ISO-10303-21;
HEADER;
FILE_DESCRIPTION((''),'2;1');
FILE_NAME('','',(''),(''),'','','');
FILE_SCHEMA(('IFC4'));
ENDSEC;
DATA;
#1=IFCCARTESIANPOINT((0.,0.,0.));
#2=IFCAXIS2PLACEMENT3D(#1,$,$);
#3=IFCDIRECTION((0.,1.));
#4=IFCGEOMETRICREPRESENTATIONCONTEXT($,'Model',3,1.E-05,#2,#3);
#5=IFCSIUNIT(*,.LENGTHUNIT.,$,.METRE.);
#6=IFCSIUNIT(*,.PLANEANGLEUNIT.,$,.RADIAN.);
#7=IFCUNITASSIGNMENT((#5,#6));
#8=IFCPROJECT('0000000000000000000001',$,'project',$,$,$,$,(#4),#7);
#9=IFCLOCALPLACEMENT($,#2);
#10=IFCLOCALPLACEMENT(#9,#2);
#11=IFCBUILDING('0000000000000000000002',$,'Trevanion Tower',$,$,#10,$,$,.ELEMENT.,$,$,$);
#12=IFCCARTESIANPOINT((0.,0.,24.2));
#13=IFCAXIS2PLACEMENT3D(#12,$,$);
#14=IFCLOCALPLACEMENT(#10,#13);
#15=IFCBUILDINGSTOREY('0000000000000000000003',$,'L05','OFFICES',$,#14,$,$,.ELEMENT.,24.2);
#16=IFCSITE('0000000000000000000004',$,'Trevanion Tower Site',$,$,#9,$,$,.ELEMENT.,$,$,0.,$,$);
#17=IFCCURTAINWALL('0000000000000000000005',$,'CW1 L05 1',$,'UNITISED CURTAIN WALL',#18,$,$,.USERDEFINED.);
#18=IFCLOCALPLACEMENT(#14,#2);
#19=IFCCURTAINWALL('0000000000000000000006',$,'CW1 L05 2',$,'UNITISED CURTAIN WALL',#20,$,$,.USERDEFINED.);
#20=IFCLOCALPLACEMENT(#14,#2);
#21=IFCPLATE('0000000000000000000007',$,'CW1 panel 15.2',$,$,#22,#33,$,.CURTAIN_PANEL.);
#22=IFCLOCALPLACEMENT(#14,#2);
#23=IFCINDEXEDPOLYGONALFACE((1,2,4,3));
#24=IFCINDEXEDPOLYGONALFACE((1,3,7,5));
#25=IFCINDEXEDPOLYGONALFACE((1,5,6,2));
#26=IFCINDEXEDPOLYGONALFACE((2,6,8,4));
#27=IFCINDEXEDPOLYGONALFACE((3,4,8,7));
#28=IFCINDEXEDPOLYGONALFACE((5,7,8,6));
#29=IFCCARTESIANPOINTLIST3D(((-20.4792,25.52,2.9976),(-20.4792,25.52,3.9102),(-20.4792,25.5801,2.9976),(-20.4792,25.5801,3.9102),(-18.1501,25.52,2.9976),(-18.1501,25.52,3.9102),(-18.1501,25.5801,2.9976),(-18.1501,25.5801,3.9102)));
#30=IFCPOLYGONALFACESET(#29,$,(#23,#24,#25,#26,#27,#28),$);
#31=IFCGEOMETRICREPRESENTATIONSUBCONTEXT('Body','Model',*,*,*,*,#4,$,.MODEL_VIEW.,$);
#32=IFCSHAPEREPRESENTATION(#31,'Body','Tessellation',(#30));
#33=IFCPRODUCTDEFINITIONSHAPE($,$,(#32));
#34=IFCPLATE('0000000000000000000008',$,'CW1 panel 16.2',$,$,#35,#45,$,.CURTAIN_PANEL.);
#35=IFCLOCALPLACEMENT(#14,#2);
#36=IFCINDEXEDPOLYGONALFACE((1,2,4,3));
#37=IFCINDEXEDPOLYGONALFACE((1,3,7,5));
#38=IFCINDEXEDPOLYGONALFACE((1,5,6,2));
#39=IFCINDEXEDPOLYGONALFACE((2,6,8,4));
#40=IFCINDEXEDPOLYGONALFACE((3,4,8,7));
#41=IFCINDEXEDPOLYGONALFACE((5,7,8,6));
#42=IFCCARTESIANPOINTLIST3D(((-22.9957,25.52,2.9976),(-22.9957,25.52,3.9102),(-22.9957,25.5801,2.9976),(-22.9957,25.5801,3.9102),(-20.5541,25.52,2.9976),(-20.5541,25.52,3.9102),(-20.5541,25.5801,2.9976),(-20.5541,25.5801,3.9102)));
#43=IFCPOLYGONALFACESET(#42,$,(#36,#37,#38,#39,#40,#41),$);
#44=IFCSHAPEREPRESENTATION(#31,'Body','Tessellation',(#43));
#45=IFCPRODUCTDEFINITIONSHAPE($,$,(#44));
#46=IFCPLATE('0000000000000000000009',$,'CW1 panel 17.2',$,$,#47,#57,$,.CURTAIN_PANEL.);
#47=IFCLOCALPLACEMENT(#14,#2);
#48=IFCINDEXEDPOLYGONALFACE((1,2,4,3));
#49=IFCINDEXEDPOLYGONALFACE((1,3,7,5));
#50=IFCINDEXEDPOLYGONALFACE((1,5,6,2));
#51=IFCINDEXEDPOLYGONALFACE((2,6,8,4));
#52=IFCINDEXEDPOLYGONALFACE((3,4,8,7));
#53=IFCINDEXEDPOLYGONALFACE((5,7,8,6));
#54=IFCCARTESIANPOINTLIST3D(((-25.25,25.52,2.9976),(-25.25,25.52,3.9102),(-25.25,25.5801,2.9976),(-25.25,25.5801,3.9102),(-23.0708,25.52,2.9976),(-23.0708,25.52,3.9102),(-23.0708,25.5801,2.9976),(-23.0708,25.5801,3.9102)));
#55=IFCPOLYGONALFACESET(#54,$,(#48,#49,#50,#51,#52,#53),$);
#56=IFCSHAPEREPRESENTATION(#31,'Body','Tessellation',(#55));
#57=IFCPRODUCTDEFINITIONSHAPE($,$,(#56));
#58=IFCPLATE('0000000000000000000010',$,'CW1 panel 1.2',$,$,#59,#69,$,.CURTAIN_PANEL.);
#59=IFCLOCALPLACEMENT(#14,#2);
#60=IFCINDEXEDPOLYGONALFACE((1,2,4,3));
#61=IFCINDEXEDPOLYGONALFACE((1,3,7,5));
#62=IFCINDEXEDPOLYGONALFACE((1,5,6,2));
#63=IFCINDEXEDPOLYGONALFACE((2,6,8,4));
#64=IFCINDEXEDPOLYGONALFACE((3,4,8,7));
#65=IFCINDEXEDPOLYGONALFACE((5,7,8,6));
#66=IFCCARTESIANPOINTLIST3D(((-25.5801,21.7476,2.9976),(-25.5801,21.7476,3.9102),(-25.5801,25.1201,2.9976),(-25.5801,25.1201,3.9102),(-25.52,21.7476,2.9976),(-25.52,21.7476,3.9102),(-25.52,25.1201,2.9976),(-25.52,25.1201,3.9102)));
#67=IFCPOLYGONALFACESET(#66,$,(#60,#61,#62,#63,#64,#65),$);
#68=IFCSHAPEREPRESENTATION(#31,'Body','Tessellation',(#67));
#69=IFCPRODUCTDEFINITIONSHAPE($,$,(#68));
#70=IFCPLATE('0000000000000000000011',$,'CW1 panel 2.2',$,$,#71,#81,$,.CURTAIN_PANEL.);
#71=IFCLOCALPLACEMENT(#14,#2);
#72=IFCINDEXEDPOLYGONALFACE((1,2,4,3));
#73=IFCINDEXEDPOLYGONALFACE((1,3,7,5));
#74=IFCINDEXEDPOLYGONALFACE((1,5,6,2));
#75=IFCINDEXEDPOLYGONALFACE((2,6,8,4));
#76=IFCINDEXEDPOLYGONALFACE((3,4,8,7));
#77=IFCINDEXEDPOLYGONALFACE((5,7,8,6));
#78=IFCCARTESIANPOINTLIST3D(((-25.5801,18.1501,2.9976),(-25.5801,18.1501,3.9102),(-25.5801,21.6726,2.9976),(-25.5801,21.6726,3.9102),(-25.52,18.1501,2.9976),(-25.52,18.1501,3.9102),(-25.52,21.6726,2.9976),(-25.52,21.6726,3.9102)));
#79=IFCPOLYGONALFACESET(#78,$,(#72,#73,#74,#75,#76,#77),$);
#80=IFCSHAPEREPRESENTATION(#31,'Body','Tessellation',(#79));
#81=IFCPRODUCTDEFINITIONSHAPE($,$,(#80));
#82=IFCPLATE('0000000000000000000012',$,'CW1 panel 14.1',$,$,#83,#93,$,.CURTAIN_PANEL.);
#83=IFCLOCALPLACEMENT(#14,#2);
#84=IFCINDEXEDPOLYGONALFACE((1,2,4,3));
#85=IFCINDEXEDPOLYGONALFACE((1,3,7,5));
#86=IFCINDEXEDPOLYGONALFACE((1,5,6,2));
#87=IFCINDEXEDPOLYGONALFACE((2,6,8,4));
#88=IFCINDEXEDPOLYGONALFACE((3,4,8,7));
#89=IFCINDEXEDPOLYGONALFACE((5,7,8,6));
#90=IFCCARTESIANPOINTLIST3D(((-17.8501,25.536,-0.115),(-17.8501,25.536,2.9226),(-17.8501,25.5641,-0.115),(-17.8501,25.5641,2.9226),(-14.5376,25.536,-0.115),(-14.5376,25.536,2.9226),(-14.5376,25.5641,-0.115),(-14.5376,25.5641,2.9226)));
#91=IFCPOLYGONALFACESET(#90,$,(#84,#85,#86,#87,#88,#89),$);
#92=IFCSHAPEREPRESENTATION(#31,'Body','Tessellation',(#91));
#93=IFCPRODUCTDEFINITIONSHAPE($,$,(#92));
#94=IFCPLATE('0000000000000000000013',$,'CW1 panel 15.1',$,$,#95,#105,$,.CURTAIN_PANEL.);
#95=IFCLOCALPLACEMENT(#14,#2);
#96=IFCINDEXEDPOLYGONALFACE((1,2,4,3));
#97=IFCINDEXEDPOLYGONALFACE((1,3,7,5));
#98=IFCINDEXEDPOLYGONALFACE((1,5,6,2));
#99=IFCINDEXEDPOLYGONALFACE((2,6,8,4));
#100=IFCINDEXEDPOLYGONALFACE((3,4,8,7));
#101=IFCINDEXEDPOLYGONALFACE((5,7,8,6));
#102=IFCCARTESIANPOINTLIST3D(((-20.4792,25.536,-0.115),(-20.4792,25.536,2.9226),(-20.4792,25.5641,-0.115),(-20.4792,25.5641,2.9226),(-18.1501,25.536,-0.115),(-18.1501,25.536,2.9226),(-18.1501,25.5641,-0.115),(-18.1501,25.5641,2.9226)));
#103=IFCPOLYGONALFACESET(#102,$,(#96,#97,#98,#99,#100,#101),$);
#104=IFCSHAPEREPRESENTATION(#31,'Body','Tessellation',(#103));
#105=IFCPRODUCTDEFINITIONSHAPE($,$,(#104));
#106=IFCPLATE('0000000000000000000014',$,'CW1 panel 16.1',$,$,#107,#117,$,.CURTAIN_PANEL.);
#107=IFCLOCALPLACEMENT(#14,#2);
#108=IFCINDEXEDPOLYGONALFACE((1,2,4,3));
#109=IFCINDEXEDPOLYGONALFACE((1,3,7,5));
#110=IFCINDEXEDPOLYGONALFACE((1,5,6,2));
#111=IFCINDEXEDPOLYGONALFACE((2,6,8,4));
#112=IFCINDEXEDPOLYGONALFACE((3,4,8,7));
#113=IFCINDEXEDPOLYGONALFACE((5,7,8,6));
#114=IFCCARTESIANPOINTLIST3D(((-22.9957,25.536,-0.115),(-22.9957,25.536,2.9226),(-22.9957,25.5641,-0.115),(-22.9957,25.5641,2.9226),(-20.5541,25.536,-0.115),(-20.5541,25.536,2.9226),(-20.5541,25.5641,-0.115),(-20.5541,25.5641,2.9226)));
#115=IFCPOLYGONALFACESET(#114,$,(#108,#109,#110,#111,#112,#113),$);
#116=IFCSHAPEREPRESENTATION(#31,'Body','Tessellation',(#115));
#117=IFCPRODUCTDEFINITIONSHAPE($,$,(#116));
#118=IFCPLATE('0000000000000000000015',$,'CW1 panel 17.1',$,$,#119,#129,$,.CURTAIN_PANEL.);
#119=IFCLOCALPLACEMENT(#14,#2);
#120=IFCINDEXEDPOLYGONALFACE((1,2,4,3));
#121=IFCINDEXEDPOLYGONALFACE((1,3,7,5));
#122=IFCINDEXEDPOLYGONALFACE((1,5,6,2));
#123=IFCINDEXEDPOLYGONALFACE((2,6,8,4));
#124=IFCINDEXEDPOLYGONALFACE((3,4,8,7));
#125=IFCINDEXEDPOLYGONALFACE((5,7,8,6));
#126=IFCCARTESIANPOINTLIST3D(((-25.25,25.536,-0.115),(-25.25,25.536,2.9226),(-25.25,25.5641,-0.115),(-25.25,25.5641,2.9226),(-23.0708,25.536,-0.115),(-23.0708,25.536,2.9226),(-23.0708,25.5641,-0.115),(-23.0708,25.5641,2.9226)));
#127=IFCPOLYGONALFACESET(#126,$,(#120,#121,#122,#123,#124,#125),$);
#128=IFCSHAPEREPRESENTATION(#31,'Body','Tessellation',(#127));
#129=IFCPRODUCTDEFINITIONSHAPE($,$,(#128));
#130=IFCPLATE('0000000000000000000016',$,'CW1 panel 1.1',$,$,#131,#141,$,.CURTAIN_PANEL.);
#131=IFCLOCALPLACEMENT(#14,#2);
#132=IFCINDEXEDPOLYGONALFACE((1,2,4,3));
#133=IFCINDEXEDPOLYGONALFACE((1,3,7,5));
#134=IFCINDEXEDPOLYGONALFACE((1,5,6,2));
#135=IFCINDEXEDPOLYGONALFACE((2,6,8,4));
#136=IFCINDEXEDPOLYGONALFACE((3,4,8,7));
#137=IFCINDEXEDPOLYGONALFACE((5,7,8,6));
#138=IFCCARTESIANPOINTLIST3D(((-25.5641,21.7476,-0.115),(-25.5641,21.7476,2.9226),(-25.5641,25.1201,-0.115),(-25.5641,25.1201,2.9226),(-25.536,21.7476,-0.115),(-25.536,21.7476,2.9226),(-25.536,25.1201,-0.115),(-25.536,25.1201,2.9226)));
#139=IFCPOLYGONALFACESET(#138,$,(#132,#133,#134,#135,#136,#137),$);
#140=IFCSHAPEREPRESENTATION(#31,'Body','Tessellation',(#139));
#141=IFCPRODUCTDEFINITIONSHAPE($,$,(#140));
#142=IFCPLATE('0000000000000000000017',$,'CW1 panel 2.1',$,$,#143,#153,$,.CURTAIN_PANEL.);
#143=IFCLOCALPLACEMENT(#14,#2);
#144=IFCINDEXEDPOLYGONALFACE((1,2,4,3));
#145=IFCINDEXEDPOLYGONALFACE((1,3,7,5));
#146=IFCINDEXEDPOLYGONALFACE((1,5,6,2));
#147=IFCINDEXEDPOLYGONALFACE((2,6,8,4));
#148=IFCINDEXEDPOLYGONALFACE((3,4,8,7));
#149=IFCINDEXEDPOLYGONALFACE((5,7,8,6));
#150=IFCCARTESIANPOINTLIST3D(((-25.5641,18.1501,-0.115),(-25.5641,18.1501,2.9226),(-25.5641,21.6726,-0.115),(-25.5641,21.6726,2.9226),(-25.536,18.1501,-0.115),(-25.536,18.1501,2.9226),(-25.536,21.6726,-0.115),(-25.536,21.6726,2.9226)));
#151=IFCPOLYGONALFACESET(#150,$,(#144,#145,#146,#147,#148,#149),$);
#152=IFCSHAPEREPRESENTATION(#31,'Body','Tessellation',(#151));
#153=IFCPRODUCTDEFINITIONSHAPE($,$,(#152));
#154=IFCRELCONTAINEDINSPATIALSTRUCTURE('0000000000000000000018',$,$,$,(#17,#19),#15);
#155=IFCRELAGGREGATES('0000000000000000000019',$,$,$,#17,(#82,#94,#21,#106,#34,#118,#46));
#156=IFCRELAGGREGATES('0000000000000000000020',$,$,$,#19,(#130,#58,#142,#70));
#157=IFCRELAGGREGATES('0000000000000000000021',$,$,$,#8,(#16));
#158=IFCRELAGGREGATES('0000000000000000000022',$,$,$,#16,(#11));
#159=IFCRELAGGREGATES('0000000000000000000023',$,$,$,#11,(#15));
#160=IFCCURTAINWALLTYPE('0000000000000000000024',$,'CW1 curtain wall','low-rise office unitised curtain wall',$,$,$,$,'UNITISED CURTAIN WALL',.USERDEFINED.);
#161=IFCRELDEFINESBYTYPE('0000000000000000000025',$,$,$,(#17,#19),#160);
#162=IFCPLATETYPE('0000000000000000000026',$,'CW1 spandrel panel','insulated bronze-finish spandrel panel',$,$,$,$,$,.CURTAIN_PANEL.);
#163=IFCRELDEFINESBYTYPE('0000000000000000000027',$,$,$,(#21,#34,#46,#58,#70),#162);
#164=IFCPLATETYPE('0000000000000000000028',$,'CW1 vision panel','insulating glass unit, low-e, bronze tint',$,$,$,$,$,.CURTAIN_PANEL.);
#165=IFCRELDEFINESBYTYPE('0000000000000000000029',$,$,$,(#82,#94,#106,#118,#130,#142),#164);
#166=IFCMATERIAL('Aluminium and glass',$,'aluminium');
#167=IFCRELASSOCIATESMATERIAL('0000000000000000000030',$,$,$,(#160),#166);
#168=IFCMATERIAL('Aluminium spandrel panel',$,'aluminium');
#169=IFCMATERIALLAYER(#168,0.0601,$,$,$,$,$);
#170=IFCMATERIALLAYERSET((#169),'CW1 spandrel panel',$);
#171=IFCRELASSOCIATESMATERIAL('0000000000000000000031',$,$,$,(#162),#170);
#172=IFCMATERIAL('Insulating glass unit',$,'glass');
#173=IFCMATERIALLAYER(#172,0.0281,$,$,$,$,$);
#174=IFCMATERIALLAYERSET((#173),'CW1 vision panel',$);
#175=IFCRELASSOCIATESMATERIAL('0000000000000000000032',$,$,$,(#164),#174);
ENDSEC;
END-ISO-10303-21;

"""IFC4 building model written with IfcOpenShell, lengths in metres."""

from ifc_helpers import new_model, si_unit, direction, frame, origin, origin_2d, place, context, subcontext, project, spatial, rectangle, extrude, material, layer, layer_set, type_object, element, aggregate, save


model = new_model("IFC4")

# Units and contexts
model_context = context("Model", 3, precision=1e-05, world=origin(), true_north=direction((0.0, 1.0)))
body_context = subcontext(model_context, "Body", "Model", "MODEL_VIEW")
ifc_project = project(units=[si_unit("LENGTHUNIT", "METRE"), si_unit("PLANEANGLEUNIT", "RADIAN")], contexts=[model_context])

# Site, building, storey
site_placement = place(None, origin())
site = spatial("IfcSite", under=ifc_project, at=site_placement, Name="Trevanion Tower Site", CompositionType="ELEMENT", RefElevation=0.0)
building_placement = place(site_placement, origin())
building = spatial("IfcBuilding", under=site, at=building_placement, Name="Trevanion Tower", CompositionType="ELEMENT")
storey_placement = place(building_placement, frame((0.0, 0.0, 24.2)))
storey = spatial("IfcBuildingStorey", under=building, at=storey_placement, Name="L05", Description="OFFICES", CompositionType="ELEMENT", Elevation=24.2)

# Curtain wall
ifc_material_1 = material(Name="Aluminium and glass", Category="aluminium")
curtain_wall_type = type_object("IfcCurtainWallType", Name="CW1 curtain wall", Description="low-rise office unitised curtain wall", ElementType="UNITISED CURTAIN WALL", PredefinedType="USERDEFINED", material=ifc_material_1)
curtain_wall_1_placement = place(storey_placement, origin())
curtain_wall_1 = element("IfcCurtainWall", 1, at=curtain_wall_1_placement, inside=storey, type_object=curtain_wall_type, Name="CW1 L05 1", ObjectType="UNITISED CURTAIN WALL", PredefinedType="USERDEFINED")

# Curtain wall
curtain_wall_2_placement = place(storey_placement, origin())
curtain_wall_2 = element("IfcCurtainWall", 2, at=curtain_wall_2_placement, inside=storey, type_object=curtain_wall_type, Name="CW1 L05 2", ObjectType="UNITISED CURTAIN WALL", PredefinedType="USERDEFINED")

# Plates
ifc_material_2 = material(Name="Aluminium spandrel panel", Category="aluminium")
ifc_layer_1 = layer(ifc_material_2, 0.0601)
ifc_layer_set_1 = layer_set([ifc_layer_1], Name="CW1 spandrel panel")
plate_type_1 = type_object("IfcPlateType", Name="CW1 spandrel panel", Description="insulated bronze-finish spandrel panel", PredefinedType="CURTAIN_PANEL", material=ifc_layer_set_1)
plate_1_placement = place(storey_placement, frame((-19.3147, 25.55, 2.9976), z_axis=(0.0, 0.0, 1.0), x_axis=(-1.0, 0.0, 0.0)))
plate_1 = element("IfcPlate", 3, at=plate_1_placement, type_object=plate_type_1, Name="CW1 panel 15.2", PredefinedType="CURTAIN_PANEL", context=body_context, shape_type="SweptSolid", body=[
    extrude(rectangle(XDim=2.3291, YDim=0.0601, at=origin_2d()), origin(), (0.0, 0.0, 1.0), 0.9126),
])
plate_2_placement = place(storey_placement, frame((-21.7749, 25.55, 2.9976), z_axis=(0.0, 0.0, 1.0), x_axis=(-1.0, 0.0, 0.0)))
plate_2 = element("IfcPlate", 4, at=plate_2_placement, type_object=plate_type_1, Name="CW1 panel 16.2", PredefinedType="CURTAIN_PANEL", context=body_context, shape_type="SweptSolid", body=[
    extrude(rectangle(XDim=2.4417, YDim=0.0601, at=origin_2d()), origin(), (0.0, 0.0, 1.0), 0.9126),
])
plate_3_placement = place(storey_placement, frame((-24.1604, 25.55, 2.9976), z_axis=(0.0, 0.0, 1.0), x_axis=(-1.0, 0.0, 0.0)))
plate_3 = element("IfcPlate", 5, at=plate_3_placement, type_object=plate_type_1, Name="CW1 panel 17.2", PredefinedType="CURTAIN_PANEL", context=body_context, shape_type="SweptSolid", body=[
    extrude(rectangle(XDim=2.1792, YDim=0.0601, at=origin_2d()), origin(), (0.0, 0.0, 1.0), 0.9126),
])
plate_4_placement = place(storey_placement, frame((-25.55, 23.4338, 2.9976), z_axis=(0.0, 0.0, 1.0), x_axis=(0.0, -1.0, 0.0)))
plate_4 = element("IfcPlate", 6, at=plate_4_placement, type_object=plate_type_1, Name="CW1 panel 1.2", PredefinedType="CURTAIN_PANEL", context=body_context, shape_type="SweptSolid", body=[
    extrude(rectangle(XDim=3.3726, YDim=0.0601, at=origin_2d()), origin(), (0.0, 0.0, 1.0), 0.9126),
])
plate_5_placement = place(storey_placement, frame((-25.55, 19.9114, 2.9976), z_axis=(0.0, 0.0, 1.0), x_axis=(0.0, -1.0, 0.0)))
plate_5 = element("IfcPlate", 7, at=plate_5_placement, type_object=plate_type_1, Name="CW1 panel 2.2", PredefinedType="CURTAIN_PANEL", context=body_context, shape_type="SweptSolid", body=[
    extrude(rectangle(XDim=3.5225, YDim=0.0601, at=origin_2d()), origin(), (0.0, 0.0, 1.0), 0.9126),
])
ifc_material_3 = material(Name="Insulating glass unit", Category="glass")
ifc_layer_2 = layer(ifc_material_3, 0.0281)
ifc_layer_set_2 = layer_set([ifc_layer_2], Name="CW1 vision panel")
plate_type_2 = type_object("IfcPlateType", Name="CW1 vision panel", Description="insulating glass unit, low-e, bronze tint", PredefinedType="CURTAIN_PANEL", material=ifc_layer_set_2)
plate_6_placement = place(storey_placement, frame((-16.1938, 25.55, -0.115), z_axis=(0.0, 0.0, 1.0), x_axis=(-1.0, 0.0, 0.0)))
plate_6 = element("IfcPlate", 8, at=plate_6_placement, type_object=plate_type_2, Name="CW1 panel 14.1", PredefinedType="CURTAIN_PANEL", context=body_context, shape_type="SweptSolid", body=[
    extrude(rectangle(XDim=3.3125, YDim=0.0281, at=origin_2d()), origin(), (0.0, 0.0, 1.0), 3.0376),
])
plate_7_placement = place(storey_placement, frame((-19.3147, 25.55, -0.115), z_axis=(0.0, 0.0, 1.0), x_axis=(-1.0, 0.0, 0.0)))
plate_7 = element("IfcPlate", 9, at=plate_7_placement, type_object=plate_type_2, Name="CW1 panel 15.1", PredefinedType="CURTAIN_PANEL", context=body_context, shape_type="SweptSolid", body=[
    extrude(rectangle(XDim=2.3291, YDim=0.0281, at=origin_2d()), origin(), (0.0, 0.0, 1.0), 3.0376),
])
plate_8_placement = place(storey_placement, frame((-21.7749, 25.55, -0.115), z_axis=(0.0, 0.0, 1.0), x_axis=(-1.0, 0.0, 0.0)))
plate_8 = element("IfcPlate", 10, at=plate_8_placement, type_object=plate_type_2, Name="CW1 panel 16.1", PredefinedType="CURTAIN_PANEL", context=body_context, shape_type="SweptSolid", body=[
    extrude(rectangle(XDim=2.4417, YDim=0.0281, at=origin_2d()), origin(), (0.0, 0.0, 1.0), 3.0376),
])
plate_9_placement = place(storey_placement, frame((-24.1604, 25.55, -0.115), z_axis=(0.0, 0.0, 1.0), x_axis=(-1.0, 0.0, 0.0)))
plate_9 = element("IfcPlate", 11, at=plate_9_placement, type_object=plate_type_2, Name="CW1 panel 17.1", PredefinedType="CURTAIN_PANEL", context=body_context, shape_type="SweptSolid", body=[
    extrude(rectangle(XDim=2.1792, YDim=0.0281, at=origin_2d()), origin(), (0.0, 0.0, 1.0), 3.0376),
])
aggregate(curtain_wall_1, [plate_6, plate_7, plate_1, plate_8, plate_2, plate_9, plate_3])
plate_10_placement = place(storey_placement, frame((-25.55, 23.4338, -0.115), z_axis=(0.0, 0.0, 1.0), x_axis=(0.0, -1.0, 0.0)))
plate_10 = element("IfcPlate", 12, at=plate_10_placement, type_object=plate_type_2, Name="CW1 panel 1.1", PredefinedType="CURTAIN_PANEL", context=body_context, shape_type="SweptSolid", body=[
    extrude(rectangle(XDim=3.3726, YDim=0.0281, at=origin_2d()), origin(), (0.0, 0.0, 1.0), 3.0376),
])
plate_11_placement = place(storey_placement, frame((-25.55, 19.9114, -0.115), z_axis=(0.0, 0.0, 1.0), x_axis=(0.0, -1.0, 0.0)))
plate_11 = element("IfcPlate", 13, at=plate_11_placement, type_object=plate_type_2, Name="CW1 panel 2.1", PredefinedType="CURTAIN_PANEL", context=body_context, shape_type="SweptSolid", body=[
    extrude(rectangle(XDim=3.5225, YDim=0.0281, at=origin_2d()), origin(), (0.0, 0.0, 1.0), 3.0376),
])
aggregate(curtain_wall_2, [plate_10, plate_4, plate_11, plate_5])

save(model, "model.ifc")
